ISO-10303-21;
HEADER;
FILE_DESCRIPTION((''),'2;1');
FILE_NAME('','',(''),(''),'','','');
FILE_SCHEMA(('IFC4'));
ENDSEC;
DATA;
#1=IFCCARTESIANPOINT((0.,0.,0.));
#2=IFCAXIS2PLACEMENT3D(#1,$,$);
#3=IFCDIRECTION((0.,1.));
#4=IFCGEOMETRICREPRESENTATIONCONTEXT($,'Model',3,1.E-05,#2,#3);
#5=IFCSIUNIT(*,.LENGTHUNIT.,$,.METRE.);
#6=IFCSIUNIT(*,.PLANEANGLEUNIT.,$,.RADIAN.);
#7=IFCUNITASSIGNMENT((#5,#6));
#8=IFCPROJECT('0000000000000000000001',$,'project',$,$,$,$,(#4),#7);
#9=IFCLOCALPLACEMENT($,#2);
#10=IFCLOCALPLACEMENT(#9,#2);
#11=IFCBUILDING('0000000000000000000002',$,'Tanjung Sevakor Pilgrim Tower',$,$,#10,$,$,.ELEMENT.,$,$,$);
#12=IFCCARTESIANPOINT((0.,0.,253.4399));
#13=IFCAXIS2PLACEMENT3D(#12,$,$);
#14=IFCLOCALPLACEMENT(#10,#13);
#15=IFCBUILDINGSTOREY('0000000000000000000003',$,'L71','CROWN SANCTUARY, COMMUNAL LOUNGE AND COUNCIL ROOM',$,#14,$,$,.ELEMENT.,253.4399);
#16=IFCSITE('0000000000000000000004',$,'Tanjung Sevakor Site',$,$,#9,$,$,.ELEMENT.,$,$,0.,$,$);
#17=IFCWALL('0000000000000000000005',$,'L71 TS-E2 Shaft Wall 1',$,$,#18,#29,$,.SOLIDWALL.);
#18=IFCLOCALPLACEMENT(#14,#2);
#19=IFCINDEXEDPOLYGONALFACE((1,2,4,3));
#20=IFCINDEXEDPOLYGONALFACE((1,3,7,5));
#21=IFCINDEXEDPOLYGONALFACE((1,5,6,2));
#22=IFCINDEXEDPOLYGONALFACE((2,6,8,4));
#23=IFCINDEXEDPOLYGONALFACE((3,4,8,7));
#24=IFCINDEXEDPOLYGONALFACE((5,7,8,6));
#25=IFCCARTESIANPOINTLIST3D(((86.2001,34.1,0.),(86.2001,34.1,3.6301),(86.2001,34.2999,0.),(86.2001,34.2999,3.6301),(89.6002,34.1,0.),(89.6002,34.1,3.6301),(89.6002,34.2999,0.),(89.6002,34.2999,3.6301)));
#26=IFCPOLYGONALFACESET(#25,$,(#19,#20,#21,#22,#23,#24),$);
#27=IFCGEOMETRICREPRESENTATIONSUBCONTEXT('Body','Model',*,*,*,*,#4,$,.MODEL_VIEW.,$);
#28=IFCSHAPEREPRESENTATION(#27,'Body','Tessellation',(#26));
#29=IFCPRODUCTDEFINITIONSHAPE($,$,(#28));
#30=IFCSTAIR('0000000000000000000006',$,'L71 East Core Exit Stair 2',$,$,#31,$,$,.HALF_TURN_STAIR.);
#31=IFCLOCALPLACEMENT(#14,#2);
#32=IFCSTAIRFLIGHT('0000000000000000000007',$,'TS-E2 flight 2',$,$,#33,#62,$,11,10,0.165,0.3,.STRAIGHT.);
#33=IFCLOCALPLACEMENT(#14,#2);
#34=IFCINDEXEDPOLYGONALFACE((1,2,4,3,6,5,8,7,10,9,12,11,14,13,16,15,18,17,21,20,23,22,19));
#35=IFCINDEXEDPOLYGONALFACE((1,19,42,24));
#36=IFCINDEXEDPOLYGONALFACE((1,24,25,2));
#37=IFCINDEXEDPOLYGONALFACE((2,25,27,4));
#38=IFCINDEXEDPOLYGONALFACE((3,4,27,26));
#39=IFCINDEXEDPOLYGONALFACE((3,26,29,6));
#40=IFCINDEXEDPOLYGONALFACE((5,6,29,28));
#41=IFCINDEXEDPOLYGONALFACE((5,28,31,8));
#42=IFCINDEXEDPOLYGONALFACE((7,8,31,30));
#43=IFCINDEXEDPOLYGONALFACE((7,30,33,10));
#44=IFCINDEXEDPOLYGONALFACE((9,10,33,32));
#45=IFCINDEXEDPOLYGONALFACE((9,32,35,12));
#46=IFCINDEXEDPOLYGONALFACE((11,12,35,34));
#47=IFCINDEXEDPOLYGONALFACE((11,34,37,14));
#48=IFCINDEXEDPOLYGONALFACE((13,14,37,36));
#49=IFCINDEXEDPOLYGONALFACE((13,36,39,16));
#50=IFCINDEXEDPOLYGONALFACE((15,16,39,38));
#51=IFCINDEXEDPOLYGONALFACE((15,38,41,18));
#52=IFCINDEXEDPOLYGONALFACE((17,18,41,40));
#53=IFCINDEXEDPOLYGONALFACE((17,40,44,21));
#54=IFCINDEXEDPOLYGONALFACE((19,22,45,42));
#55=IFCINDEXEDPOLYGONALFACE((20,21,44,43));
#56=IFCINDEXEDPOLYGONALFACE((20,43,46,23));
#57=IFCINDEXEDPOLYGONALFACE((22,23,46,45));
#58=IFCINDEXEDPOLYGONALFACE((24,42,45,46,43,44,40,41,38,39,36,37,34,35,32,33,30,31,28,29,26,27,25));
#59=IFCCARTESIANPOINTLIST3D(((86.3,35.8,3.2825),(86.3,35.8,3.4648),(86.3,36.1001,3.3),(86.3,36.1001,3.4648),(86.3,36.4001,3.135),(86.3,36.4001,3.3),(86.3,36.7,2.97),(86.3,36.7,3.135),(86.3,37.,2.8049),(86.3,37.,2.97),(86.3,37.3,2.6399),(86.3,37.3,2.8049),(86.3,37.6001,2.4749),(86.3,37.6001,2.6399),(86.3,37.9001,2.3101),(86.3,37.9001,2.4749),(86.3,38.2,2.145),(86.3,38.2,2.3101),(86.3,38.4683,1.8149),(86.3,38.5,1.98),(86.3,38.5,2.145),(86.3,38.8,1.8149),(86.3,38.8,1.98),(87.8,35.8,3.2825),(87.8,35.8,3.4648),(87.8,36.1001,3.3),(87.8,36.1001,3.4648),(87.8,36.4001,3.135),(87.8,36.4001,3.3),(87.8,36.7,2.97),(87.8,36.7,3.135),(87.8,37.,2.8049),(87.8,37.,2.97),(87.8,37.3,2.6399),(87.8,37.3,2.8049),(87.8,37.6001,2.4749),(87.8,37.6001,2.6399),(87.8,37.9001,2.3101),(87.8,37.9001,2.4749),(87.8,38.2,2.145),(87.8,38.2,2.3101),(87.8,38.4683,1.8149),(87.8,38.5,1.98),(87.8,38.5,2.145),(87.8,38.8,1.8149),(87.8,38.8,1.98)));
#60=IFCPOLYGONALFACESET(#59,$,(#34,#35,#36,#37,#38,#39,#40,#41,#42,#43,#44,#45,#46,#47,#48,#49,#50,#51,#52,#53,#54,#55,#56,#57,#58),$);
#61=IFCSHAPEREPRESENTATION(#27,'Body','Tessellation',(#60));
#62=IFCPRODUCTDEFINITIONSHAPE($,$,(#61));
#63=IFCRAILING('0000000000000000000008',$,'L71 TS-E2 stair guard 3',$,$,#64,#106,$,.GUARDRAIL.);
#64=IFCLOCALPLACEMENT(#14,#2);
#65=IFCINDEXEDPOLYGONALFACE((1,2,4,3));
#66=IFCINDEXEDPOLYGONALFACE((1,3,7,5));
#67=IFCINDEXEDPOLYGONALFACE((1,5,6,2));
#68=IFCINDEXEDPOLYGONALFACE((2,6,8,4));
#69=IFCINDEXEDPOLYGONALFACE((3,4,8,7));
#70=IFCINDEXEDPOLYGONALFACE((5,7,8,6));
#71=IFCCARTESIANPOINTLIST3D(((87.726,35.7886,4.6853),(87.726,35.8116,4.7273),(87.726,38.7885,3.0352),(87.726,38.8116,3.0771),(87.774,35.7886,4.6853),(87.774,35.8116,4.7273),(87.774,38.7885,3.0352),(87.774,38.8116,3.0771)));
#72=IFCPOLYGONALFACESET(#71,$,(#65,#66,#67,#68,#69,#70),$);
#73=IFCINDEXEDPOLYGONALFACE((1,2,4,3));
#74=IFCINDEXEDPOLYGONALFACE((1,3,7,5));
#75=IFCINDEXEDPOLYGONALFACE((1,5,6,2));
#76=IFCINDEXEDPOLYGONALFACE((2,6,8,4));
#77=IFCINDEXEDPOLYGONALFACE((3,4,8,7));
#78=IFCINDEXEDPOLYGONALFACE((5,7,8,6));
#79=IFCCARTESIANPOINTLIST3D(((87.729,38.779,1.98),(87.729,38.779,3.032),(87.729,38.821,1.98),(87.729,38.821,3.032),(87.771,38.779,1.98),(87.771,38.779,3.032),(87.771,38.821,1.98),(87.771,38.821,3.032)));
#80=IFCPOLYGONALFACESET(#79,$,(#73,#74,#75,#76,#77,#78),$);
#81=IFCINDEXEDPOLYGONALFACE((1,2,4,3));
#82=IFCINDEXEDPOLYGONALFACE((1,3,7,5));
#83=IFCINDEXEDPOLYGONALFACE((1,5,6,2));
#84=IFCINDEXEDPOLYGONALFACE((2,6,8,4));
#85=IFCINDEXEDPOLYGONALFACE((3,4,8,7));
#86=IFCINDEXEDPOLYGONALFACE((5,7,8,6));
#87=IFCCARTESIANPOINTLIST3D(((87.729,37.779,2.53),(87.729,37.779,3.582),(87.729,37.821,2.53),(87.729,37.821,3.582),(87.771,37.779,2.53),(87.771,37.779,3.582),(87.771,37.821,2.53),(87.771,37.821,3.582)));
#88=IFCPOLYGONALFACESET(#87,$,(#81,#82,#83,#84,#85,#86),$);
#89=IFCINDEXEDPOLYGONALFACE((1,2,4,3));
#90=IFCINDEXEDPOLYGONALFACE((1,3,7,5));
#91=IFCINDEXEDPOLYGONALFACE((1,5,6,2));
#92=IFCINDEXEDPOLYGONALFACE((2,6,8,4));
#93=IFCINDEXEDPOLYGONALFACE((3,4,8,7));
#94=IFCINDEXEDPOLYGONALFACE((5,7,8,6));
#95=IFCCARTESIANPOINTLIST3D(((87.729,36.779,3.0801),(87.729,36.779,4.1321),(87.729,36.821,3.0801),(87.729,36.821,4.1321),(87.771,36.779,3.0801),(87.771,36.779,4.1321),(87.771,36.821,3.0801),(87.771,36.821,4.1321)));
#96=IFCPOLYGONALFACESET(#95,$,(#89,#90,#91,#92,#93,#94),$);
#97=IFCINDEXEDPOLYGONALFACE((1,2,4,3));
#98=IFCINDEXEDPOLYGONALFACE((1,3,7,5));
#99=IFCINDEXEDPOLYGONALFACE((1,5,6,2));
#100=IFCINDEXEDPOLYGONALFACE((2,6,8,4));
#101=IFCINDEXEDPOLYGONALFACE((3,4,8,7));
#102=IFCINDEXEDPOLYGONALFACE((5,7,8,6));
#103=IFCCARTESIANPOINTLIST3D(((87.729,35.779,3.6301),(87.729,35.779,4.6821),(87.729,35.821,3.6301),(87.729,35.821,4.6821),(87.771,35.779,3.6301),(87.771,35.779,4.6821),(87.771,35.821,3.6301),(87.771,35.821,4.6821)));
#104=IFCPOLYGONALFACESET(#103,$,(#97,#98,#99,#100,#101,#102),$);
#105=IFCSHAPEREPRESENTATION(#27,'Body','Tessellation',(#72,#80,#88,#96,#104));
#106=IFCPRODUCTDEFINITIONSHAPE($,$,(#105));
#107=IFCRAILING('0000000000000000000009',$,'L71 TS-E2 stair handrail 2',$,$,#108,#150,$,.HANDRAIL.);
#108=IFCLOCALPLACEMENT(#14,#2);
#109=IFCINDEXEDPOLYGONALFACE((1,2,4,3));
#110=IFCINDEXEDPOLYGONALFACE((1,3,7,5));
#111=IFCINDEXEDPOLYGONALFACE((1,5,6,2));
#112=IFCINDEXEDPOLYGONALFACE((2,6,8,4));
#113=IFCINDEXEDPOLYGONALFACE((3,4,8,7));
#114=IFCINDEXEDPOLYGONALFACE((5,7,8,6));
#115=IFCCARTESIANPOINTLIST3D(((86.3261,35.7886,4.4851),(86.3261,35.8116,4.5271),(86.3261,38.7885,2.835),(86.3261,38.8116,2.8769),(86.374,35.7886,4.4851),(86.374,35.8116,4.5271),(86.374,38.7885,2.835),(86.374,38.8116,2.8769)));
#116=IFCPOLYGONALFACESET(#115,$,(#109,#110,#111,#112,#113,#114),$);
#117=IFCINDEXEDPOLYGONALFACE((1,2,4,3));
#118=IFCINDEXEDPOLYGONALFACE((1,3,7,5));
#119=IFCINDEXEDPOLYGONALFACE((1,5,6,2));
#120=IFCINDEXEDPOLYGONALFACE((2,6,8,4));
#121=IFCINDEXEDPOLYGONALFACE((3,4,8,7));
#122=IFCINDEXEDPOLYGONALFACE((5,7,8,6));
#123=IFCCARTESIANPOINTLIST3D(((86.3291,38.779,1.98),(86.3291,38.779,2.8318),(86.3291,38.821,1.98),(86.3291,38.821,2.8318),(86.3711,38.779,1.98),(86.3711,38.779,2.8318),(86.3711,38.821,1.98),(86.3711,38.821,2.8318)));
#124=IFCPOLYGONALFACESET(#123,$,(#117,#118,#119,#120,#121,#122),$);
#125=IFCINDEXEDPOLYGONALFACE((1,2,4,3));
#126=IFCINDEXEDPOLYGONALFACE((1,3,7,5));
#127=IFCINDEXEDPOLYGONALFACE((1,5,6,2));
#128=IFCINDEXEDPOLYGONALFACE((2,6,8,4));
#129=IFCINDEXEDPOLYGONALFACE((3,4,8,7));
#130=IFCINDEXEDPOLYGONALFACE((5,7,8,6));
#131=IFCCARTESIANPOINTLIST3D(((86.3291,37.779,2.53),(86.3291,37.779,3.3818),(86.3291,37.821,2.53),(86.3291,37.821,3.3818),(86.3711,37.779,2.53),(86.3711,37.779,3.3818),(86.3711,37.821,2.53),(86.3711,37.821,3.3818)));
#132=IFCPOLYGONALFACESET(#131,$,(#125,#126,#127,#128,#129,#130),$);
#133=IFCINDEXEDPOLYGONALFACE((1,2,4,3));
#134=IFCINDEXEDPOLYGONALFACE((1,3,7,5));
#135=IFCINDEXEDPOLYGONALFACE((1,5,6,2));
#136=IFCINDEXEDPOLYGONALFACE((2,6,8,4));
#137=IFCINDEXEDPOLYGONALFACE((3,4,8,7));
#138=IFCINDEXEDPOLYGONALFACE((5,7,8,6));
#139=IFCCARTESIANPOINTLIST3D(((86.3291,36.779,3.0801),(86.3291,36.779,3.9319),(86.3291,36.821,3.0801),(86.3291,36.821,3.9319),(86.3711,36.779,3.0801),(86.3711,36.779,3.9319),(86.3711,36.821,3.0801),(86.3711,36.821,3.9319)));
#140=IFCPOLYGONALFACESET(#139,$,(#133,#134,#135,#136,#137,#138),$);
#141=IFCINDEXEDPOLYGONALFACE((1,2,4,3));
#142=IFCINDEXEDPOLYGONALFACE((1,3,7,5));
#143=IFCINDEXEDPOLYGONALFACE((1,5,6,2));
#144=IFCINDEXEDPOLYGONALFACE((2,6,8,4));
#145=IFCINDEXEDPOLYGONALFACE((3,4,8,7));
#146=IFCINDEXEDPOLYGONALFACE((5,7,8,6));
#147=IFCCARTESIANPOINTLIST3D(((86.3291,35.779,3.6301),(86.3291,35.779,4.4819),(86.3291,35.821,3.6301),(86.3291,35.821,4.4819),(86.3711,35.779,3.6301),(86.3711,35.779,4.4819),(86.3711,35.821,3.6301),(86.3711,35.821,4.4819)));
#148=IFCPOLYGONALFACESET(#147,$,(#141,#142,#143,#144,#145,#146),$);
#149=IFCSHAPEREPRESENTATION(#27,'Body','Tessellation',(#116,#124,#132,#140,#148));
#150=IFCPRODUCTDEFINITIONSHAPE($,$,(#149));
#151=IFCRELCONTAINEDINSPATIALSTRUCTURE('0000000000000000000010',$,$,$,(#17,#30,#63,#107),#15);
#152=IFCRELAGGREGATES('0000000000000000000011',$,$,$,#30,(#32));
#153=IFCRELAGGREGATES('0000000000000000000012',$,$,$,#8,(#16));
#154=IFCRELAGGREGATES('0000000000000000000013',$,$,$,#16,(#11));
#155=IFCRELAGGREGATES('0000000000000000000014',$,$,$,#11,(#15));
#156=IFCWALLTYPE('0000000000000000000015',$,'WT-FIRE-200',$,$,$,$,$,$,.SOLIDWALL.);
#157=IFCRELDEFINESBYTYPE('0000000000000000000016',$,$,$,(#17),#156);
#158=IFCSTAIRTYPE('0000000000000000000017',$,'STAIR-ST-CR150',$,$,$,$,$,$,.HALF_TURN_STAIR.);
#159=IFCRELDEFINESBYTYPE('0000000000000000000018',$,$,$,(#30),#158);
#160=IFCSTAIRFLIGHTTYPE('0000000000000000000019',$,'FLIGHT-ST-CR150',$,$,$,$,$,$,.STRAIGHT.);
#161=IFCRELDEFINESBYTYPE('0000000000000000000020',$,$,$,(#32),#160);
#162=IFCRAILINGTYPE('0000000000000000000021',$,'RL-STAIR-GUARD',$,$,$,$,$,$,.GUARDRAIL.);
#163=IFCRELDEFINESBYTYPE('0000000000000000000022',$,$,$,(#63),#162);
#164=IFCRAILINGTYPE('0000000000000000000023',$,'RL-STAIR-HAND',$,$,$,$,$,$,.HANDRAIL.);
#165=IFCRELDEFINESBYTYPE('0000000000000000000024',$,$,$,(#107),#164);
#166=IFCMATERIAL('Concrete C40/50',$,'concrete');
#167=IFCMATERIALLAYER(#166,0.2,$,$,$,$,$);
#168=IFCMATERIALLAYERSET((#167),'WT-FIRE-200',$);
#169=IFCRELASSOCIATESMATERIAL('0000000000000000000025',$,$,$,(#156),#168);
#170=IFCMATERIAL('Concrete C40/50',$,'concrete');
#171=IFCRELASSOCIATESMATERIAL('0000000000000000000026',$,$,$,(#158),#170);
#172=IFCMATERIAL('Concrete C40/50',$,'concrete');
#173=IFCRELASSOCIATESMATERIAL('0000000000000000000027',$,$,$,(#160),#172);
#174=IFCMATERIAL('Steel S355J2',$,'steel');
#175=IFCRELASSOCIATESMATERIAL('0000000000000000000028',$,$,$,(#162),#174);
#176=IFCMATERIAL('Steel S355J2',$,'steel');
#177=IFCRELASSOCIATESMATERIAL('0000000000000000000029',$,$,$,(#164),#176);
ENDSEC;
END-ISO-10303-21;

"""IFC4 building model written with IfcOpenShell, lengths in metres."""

from ifc_helpers import new_model, si_unit, direction, frame, frame_2d, origin, place, context, subcontext, project, spatial, polyline, rectangle, outline, extrude, material, layer, layer_set, type_object, element, aggregate, save


model = new_model("IFC4")

# Units and contexts
model_context = context("Model", 3, precision=1e-05, world=origin(), true_north=direction((0.0, 1.0)))
body_context = subcontext(model_context, "Body", "Model", "MODEL_VIEW")
ifc_project = project(units=[si_unit("LENGTHUNIT", "METRE"), si_unit("PLANEANGLEUNIT", "RADIAN")], contexts=[model_context])

# Site, building, storey
site_placement = place(None, origin())
site = spatial("IfcSite", under=ifc_project, at=site_placement, Name="Tanjung Sevakor Site", CompositionType="ELEMENT", RefElevation=0.0)
building_placement = place(site_placement, origin())
building = spatial("IfcBuilding", under=site, at=building_placement, Name="Tanjung Sevakor Pilgrim Tower", CompositionType="ELEMENT")
storey_placement = place(building_placement, frame((0.0, 0.0, 253.4399)))
storey = spatial("IfcBuildingStorey", under=building, at=storey_placement, Name="L71", Description="CROWN SANCTUARY, COMMUNAL LOUNGE AND COUNCIL ROOM", CompositionType="ELEMENT", Elevation=253.4399)

# Wall
ifc_material_1 = material(Name="Concrete C40/50", Category="concrete")
ifc_layer_1 = layer(ifc_material_1, 0.2)
ifc_layer_set_1 = layer_set([ifc_layer_1], Name="WT-FIRE-200")
wall_type_1 = type_object("IfcWallType", Name="WT-FIRE-200", PredefinedType="SOLIDWALL", material=ifc_layer_set_1)
wall_1_placement = place(storey_placement, frame((86.2, 34.2, 0.0), z_axis=(0.0, 0.0, 1.0), x_axis=(1.0, 0.0, 0.0)))
element("IfcWall", 1, at=wall_1_placement, inside=storey, type_object=wall_type_1, Name="L71 TS-E2 Shaft Wall 1", PredefinedType="SOLIDWALL", context=body_context, shape_type="SweptSolid", body=[
    extrude(rectangle(XDim=3.4001, YDim=0.2, at=frame_2d((1.7002, 0.0))), origin(), (0.0, 0.0, 1.0), 3.6301),
])

# Stair, stair flight
ifc_material_2 = material(Name="Concrete C40/50", Category="concrete")
stair_type = type_object("IfcStairType", Name="STAIR-ST-CR150", PredefinedType="HALF_TURN_STAIR", material=ifc_material_2)
stair_placement = place(storey_placement, origin())
stair = element("IfcStair", 2, at=stair_placement, inside=storey, type_object=stair_type, Name="L71 East Core Exit Stair 2", PredefinedType="HALF_TURN_STAIR")
ifc_material_3 = material(Name="Concrete C40/50", Category="concrete")
stair_flight_type = type_object("IfcStairFlightType", Name="FLIGHT-ST-CR150", PredefinedType="STRAIGHT", material=ifc_material_3)
stair_flight_placement = place(storey_placement, frame((87.05, 38.8, 1.8149), z_axis=(0.0, 0.0, 1.0), x_axis=(0.0, -1.0, 0.0)))
stair_flight = element("IfcStairFlight", 3, at=stair_flight_placement, type_object=stair_flight_type, Name="TS-E2 flight 2", NumberOfRisers=11, NumberOfTreads=10, PredefinedType="STRAIGHT", RiserHeight=0.165, TreadLength=0.3, context=body_context, shape_type="SweptSolid", body=[
    extrude(outline(polyline([(0.0, 0.0), (0.0, 0.165), (0.3, 0.165), (0.3, 0.3301), (0.6001, 0.3301), (0.6001, 0.4951), (0.8999, 0.4951), (0.8999, 0.6599), (1.2, 0.6599), (1.2, 0.825), (1.5, 0.825), (1.5, 0.99), (1.8, 0.99), (1.8, 1.155), (2.1001, 1.155), (2.1001, 1.3201), (2.3999, 1.3201), (2.3999, 1.4851), (2.7, 1.4851), (2.7, 1.6499), (3.0, 1.6499), (3.0, 1.8149), (3.0, 1.4675), (0.3318, 0.0), (0.0, 0.0)])), frame((0.0, 0.75, 0.0), z_axis=(0.0, -1.0, 0.0), x_axis=(1.0, 0.0, 0.0)), (0.0, 0.0, 1.0), 1.5),
])
aggregate(stair, [stair_flight])

# Railings
ifc_material_4 = material(Name="Steel S355J2", Category="steel")
railing_type_1 = type_object("IfcRailingType", Name="RL-STAIR-GUARD", PredefinedType="GUARDRAIL", material=ifc_material_4)
railing_1_placement = place(storey_placement, frame((87.75, 38.8, 1.98)))
element("IfcRailing", 4, at=railing_1_placement, inside=storey, type_object=railing_type_1, Name="L71 TS-E2 stair guard 3", PredefinedType="GUARDRAIL", context=body_context, shape_type="SweptSolid", body=[
    extrude(rectangle(XDim=0.0479, YDim=0.0479), frame((0.0, 0.0, 1.0762), z_axis=(0.0, -0.876198, 0.481952), x_axis=(1.0, 0.0, 0.0)), (0.0, 0.0, 1.0), 3.4238),
    extrude(rectangle(XDim=0.042, YDim=0.042), origin(), (0.0, 0.0, 1.0), 1.052),
    extrude(rectangle(XDim=0.042, YDim=0.042), frame((0.0, -1.0, 0.55)), (0.0, 0.0, 1.0), 1.052),
    extrude(rectangle(XDim=0.042, YDim=0.042), frame((0.0, -2.0, 1.1001)), (0.0, 0.0, 1.0), 1.052),
    extrude(rectangle(XDim=0.042, YDim=0.042), frame((0.0, -3.0, 1.6501)), (0.0, 0.0, 1.0), 1.052),
])
ifc_material_5 = material(Name="Steel S355J2", Category="steel")
railing_type_2 = type_object("IfcRailingType", Name="RL-STAIR-HAND", PredefinedType="HANDRAIL", material=ifc_material_5)
railing_2_placement = place(storey_placement, frame((86.3501, 38.8, 1.98)))
element("IfcRailing", 5, at=railing_2_placement, inside=storey, type_object=railing_type_2, Name="L71 TS-E2 stair handrail 2", PredefinedType="HANDRAIL", context=body_context, shape_type="SweptSolid", body=[
    extrude(rectangle(XDim=0.0479, YDim=0.0479), frame((0.0, 0.0, 0.876), z_axis=(0.0, -0.876198, 0.481952), x_axis=(1.0, 0.0, 0.0)), (0.0, 0.0, 1.0), 3.4238),
    extrude(rectangle(XDim=0.042, YDim=0.042), origin(), (0.0, 0.0, 1.0), 0.8518),
    extrude(rectangle(XDim=0.042, YDim=0.042), frame((0.0, -1.0, 0.55)), (0.0, 0.0, 1.0), 0.8518),
    extrude(rectangle(XDim=0.042, YDim=0.042), frame((0.0, -2.0, 1.1001)), (0.0, 0.0, 1.0), 0.8518),
    extrude(rectangle(XDim=0.042, YDim=0.042), frame((0.0, -3.0, 1.6501)), (0.0, 0.0, 1.0), 0.8518),
])

save(model, "model.ifc")
